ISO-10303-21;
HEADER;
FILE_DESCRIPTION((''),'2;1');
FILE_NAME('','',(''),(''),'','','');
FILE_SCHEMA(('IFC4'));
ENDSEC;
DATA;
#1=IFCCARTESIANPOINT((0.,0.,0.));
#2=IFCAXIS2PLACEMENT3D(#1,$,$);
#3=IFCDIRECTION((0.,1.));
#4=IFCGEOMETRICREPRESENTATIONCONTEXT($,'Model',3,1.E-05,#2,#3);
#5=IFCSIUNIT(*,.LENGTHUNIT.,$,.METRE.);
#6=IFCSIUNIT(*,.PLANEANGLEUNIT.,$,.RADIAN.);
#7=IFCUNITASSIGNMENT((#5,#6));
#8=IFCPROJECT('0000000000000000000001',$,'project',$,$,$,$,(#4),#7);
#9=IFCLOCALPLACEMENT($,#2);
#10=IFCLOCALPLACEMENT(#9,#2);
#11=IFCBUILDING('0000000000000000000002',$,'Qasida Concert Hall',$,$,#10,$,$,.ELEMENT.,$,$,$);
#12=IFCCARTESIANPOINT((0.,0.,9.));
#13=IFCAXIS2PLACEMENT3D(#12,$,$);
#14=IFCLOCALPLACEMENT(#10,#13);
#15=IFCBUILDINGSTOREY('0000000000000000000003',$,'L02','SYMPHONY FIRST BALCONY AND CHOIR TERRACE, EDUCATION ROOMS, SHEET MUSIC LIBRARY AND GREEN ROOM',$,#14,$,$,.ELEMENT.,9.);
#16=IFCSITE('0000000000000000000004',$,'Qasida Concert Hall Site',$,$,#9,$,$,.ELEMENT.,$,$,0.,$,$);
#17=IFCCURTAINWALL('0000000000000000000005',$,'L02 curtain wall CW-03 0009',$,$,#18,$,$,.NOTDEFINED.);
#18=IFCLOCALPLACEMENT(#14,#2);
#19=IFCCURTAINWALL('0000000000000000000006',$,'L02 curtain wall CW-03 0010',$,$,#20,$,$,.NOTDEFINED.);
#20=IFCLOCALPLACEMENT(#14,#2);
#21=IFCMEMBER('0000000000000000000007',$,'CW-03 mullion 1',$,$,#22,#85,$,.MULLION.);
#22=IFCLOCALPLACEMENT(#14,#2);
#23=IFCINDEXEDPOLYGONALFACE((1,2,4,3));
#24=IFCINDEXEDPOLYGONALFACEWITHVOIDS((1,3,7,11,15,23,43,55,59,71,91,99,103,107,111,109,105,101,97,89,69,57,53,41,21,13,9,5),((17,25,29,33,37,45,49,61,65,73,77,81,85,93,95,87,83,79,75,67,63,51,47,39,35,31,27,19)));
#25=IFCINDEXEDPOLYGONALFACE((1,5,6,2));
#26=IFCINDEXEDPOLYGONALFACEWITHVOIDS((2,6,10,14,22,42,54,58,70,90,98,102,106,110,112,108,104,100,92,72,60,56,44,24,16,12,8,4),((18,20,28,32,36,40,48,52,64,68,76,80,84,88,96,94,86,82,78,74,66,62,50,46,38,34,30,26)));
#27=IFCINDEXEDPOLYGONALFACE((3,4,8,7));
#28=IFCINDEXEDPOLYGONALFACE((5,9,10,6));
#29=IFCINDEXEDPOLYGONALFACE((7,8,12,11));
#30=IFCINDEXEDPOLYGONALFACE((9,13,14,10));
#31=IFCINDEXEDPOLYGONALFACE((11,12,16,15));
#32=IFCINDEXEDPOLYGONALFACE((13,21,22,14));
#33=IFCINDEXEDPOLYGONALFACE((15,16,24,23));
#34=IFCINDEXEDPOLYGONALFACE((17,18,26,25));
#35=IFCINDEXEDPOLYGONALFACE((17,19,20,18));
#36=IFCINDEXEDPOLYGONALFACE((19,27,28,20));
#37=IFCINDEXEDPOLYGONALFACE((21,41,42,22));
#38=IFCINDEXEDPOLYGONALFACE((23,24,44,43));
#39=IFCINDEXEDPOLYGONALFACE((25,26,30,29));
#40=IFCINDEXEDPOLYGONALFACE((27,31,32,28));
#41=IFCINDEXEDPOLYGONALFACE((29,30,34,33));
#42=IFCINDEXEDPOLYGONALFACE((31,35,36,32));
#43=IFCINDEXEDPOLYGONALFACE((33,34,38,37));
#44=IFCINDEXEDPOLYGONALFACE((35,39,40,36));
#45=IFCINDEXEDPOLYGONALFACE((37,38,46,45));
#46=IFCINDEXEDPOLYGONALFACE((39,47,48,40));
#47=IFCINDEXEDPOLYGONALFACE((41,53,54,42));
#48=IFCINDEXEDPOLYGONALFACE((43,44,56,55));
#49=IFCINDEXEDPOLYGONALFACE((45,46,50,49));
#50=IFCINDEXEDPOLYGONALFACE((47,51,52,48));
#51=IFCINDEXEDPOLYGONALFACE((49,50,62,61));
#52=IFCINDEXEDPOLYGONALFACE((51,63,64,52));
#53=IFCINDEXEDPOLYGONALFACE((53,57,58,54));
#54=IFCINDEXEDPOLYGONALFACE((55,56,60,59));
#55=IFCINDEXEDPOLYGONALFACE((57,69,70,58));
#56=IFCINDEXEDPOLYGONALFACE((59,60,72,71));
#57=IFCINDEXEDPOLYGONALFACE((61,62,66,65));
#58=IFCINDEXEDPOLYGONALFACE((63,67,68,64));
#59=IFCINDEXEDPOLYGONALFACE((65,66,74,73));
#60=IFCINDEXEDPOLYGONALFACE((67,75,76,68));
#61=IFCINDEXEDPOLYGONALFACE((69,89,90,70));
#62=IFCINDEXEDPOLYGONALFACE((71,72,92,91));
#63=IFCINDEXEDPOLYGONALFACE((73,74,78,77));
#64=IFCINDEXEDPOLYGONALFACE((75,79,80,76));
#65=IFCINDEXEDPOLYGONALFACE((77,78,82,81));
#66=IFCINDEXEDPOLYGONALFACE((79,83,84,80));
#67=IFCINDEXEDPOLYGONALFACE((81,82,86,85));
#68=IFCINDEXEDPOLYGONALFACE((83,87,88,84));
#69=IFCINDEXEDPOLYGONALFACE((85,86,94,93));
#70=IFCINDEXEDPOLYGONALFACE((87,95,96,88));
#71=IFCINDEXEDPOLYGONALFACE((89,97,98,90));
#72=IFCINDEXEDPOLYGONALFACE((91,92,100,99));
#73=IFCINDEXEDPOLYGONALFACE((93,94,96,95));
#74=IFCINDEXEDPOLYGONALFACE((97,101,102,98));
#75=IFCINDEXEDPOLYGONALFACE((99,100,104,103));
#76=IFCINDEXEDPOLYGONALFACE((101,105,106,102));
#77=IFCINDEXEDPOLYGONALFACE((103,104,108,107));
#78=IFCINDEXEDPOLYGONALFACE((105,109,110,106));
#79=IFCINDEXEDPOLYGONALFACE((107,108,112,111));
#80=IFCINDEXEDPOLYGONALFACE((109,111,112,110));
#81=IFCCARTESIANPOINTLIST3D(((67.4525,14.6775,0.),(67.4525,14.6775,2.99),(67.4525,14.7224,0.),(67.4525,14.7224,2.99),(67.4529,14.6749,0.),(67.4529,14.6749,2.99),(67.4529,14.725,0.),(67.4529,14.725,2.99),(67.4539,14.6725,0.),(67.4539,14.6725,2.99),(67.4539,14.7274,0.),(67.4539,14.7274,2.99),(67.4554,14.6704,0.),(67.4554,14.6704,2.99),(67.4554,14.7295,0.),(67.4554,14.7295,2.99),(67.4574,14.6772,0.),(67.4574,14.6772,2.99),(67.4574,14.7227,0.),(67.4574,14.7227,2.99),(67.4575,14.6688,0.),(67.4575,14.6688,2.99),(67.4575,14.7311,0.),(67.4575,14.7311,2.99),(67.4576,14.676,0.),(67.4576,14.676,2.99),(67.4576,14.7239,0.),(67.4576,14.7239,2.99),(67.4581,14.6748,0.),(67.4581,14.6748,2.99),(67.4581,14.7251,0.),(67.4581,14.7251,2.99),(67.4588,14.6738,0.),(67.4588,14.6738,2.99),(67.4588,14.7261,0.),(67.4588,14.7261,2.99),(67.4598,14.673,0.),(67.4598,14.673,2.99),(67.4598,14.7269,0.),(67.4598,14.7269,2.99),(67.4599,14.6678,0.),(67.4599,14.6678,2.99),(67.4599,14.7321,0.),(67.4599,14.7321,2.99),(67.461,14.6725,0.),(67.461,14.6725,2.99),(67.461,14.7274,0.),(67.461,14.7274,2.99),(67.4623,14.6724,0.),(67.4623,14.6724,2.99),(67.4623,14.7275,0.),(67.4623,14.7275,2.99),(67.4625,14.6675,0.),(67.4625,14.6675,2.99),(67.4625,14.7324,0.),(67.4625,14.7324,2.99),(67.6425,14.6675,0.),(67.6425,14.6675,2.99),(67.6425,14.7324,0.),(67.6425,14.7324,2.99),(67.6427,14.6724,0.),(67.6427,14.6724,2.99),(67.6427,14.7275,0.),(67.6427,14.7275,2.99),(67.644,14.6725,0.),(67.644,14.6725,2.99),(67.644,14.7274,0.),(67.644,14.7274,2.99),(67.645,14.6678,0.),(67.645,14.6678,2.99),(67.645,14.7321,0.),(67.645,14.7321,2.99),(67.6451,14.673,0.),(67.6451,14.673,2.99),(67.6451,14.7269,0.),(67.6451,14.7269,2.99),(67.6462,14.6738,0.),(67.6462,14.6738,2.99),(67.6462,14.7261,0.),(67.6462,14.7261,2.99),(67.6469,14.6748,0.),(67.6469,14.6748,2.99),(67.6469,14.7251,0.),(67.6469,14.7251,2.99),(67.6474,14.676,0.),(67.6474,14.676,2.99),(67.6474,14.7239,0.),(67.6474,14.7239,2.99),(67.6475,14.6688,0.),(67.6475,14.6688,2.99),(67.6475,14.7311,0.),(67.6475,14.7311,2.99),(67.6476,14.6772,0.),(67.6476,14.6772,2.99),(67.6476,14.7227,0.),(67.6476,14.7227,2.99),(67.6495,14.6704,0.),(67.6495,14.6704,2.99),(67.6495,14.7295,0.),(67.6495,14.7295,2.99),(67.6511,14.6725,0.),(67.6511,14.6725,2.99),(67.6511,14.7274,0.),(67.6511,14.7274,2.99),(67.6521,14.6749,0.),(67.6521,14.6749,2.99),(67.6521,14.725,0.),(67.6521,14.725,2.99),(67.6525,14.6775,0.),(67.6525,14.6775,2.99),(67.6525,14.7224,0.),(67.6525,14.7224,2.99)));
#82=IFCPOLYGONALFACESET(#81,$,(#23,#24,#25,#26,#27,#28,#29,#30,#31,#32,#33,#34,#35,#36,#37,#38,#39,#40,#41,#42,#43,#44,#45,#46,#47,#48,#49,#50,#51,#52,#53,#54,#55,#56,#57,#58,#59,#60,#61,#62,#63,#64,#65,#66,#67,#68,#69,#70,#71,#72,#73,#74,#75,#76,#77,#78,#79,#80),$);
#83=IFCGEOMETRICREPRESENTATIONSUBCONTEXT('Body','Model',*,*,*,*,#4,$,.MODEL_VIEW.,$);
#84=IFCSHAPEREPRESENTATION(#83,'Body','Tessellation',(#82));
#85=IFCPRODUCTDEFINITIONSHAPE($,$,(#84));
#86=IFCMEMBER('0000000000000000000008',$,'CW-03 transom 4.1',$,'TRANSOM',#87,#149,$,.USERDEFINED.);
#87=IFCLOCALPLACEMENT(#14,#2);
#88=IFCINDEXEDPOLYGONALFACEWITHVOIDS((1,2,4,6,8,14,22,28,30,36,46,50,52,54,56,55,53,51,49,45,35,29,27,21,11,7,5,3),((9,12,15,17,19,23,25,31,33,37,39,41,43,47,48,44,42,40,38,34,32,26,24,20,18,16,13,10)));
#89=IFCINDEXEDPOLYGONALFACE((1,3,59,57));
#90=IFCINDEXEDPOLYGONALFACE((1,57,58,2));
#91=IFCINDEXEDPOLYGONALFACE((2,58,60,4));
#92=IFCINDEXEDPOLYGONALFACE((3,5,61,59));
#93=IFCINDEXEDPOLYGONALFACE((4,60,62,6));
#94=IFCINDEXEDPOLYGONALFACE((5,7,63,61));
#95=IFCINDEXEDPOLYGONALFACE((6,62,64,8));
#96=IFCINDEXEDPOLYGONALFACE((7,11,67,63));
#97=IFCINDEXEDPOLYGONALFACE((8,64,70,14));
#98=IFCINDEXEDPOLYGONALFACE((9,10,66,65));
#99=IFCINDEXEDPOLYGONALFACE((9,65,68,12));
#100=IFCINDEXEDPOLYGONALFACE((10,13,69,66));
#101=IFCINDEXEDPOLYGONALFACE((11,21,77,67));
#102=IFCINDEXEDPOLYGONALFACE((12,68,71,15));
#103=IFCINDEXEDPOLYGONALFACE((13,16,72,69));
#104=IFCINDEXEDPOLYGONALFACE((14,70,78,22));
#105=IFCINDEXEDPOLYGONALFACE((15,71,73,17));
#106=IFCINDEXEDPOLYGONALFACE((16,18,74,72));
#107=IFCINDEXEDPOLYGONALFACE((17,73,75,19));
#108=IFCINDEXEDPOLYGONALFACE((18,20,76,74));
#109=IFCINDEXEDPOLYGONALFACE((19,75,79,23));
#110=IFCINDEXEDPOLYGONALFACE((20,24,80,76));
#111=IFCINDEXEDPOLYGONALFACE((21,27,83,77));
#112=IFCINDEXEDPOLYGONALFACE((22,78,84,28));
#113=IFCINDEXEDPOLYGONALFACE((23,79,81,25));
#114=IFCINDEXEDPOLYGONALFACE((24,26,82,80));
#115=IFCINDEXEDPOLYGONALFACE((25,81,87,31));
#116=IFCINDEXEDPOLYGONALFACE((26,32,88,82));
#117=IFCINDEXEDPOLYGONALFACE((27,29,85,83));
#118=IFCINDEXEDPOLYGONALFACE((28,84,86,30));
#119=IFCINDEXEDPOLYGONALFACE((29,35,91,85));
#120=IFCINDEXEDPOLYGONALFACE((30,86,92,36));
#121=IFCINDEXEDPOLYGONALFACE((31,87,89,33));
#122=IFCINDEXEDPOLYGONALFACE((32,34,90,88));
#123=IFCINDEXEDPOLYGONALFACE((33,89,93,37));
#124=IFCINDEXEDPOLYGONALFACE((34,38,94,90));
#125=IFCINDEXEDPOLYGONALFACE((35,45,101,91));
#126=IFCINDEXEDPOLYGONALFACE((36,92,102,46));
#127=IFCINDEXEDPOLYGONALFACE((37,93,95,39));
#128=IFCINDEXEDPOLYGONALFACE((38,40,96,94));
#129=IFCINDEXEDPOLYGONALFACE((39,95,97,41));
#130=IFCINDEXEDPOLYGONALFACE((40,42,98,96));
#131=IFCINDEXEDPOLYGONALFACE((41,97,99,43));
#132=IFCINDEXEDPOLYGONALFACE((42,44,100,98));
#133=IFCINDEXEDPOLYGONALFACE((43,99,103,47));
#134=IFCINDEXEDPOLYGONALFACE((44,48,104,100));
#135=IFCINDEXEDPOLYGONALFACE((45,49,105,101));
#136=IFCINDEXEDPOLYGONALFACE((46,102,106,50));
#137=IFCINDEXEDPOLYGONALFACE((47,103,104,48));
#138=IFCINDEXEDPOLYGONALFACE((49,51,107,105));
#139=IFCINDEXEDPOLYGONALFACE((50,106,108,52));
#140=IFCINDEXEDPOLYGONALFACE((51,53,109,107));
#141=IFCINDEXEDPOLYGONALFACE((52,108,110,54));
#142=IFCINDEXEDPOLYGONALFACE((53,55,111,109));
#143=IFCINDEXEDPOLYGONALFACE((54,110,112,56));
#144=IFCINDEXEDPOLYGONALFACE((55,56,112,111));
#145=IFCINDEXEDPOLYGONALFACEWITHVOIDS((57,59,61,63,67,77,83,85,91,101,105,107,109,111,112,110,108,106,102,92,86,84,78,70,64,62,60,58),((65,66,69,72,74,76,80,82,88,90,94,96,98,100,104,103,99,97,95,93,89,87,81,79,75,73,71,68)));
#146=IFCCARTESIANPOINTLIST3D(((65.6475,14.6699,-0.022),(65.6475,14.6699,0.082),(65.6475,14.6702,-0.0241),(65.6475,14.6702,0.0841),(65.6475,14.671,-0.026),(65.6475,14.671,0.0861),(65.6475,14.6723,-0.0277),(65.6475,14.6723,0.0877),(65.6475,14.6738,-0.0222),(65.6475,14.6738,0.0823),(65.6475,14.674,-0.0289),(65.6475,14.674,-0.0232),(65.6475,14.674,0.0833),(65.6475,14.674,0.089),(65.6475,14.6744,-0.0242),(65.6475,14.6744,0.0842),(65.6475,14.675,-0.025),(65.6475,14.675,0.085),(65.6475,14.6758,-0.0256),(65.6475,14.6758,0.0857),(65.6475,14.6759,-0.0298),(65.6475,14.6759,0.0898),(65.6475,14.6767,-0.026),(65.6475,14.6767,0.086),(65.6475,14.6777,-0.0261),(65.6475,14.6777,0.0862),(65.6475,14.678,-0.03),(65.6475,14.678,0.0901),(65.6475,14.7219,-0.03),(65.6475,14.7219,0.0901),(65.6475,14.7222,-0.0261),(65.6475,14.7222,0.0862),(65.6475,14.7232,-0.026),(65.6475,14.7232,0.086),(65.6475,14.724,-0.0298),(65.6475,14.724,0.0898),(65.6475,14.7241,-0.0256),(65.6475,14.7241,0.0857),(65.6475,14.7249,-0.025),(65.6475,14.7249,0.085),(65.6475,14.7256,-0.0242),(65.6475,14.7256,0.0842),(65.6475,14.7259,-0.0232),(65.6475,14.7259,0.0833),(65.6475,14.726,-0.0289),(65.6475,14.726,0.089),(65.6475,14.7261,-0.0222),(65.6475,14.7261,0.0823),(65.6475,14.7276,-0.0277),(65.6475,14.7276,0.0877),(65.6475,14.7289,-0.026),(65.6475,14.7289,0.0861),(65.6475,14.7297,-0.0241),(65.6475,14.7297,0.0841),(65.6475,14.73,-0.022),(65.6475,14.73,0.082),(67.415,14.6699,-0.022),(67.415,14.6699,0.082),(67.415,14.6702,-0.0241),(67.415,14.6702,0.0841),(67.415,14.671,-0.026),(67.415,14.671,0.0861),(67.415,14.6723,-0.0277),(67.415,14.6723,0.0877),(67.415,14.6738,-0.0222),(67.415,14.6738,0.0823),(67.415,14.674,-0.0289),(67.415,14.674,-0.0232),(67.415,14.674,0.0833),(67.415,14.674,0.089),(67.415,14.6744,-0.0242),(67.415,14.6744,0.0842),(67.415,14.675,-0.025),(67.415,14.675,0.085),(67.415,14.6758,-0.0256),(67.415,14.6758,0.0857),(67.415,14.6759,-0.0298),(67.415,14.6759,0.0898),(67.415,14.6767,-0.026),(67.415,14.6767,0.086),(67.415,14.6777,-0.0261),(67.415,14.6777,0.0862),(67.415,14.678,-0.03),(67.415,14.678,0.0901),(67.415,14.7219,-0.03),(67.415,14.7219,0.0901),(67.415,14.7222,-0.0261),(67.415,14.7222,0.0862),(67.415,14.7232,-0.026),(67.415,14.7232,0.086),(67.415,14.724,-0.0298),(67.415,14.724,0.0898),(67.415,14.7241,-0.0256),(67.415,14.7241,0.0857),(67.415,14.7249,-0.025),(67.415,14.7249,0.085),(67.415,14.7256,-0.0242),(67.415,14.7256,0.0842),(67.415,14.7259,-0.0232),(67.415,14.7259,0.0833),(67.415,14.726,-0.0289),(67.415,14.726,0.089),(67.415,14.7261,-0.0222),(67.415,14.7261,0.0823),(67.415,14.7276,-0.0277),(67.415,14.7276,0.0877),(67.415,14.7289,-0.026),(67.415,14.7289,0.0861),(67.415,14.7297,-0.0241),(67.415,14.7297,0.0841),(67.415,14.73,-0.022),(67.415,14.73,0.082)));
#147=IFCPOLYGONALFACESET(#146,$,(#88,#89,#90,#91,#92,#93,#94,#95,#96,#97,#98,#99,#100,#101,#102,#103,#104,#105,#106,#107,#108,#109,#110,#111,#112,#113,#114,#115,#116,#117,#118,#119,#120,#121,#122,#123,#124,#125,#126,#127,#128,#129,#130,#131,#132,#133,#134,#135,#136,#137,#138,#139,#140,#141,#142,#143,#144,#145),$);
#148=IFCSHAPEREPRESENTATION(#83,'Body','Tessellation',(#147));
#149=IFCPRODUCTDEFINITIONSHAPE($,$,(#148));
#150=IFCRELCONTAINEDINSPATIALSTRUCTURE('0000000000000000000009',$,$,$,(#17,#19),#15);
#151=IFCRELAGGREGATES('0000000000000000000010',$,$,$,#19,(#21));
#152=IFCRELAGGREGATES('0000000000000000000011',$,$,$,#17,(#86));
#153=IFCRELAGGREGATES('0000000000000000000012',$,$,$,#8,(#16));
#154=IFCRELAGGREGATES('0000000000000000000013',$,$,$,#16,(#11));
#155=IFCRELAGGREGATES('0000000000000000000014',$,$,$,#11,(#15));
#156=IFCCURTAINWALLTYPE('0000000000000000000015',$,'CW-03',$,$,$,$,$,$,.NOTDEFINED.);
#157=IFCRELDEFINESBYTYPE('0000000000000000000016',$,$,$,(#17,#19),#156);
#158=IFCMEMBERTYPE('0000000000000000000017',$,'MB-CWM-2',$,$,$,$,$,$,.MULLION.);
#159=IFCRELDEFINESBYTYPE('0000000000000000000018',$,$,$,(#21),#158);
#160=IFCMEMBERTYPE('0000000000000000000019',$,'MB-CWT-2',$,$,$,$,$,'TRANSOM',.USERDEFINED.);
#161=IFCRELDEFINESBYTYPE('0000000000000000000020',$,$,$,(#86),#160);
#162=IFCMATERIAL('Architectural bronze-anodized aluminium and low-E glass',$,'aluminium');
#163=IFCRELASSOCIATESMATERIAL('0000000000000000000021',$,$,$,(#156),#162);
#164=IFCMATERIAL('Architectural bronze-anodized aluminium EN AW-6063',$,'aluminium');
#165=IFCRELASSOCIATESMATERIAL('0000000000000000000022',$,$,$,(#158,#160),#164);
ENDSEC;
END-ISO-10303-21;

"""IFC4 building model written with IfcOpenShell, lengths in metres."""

from ifc_helpers import new_model, si_unit, direction, frame, origin, origin_2d, place, context, subcontext, project, spatial, hollow_rectangle, extrude, material, material_profile, profile_set, type_object, element, aggregate, save


model = new_model("IFC4")

# Units and contexts
model_context = context("Model", 3, precision=1e-05, world=origin(), true_north=direction((0.0, 1.0)))
body_context = subcontext(model_context, "Body", "Model", "MODEL_VIEW")
ifc_project = project(units=[si_unit("LENGTHUNIT", "METRE"), si_unit("PLANEANGLEUNIT", "RADIAN")], contexts=[model_context])

# Site, building, storey
site_placement = place(None, origin())
site = spatial("IfcSite", under=ifc_project, at=site_placement, Name="Qasida Concert Hall Site", CompositionType="ELEMENT", RefElevation=0.0)
building_placement = place(site_placement, origin())
building = spatial("IfcBuilding", under=site, at=building_placement, Name="Qasida Concert Hall", CompositionType="ELEMENT")
storey_placement = place(building_placement, frame((0.0, 0.0, 9.0)))
storey = spatial("IfcBuildingStorey", under=building, at=storey_placement, Name="L02", Description="SYMPHONY FIRST BALCONY AND CHOIR TERRACE, EDUCATION ROOMS, SHEET MUSIC LIBRARY AND GREEN ROOM", CompositionType="ELEMENT", Elevation=9.0)

# Curtain wall
ifc_material_1 = material(Name="Architectural bronze-anodized aluminium and low-E glass", Category="aluminium")
curtain_wall_type = type_object("IfcCurtainWallType", Name="CW-03", PredefinedType="NOTDEFINED", material=ifc_material_1)
curtain_wall_1_placement = place(storey_placement, origin())
curtain_wall_1 = element("IfcCurtainWall", 1, at=curtain_wall_1_placement, inside=storey, type_object=curtain_wall_type, Name="L02 curtain wall CW-03 0009", PredefinedType="NOTDEFINED")
ifc_material_2 = material(Name="Architectural bronze-anodized aluminium EN AW-6063", Category="aluminium")
ifc_material_profile_1 = material_profile(ifc_material_2, hollow_rectangle(XDim=0.0649, YDim=0.2, WallThickness=0.0049, InnerFilletRadius=0.0049, OuterFilletRadius=0.01, at=origin_2d()), Name="CWM 200x65x5")
ifc_profile_set_1 = profile_set([ifc_material_profile_1], Name="Architectural bronze-anodized aluminium EN AW-6063")
member_type_1 = type_object("IfcMemberType", Name="MB-CWM-2", PredefinedType="MULLION", material=ifc_profile_set_1)

# Curtain wall, member
curtain_wall_2_placement = place(storey_placement, origin())
curtain_wall_2 = element("IfcCurtainWall", 2, at=curtain_wall_2_placement, inside=storey, type_object=curtain_wall_type, Name="L02 curtain wall CW-03 0010", PredefinedType="NOTDEFINED")
member_1_placement = place(storey_placement, frame((67.5525, 14.7, 0.0), z_axis=(0.0, 0.0, 1.0), x_axis=(0.0, 1.0, 0.0)))
member_1 = element("IfcMember", 3, at=member_1_placement, type_object=member_type_1, Name="CW-03 mullion 1", PredefinedType="MULLION", context=body_context, shape_type="SweptSolid", body=[
    extrude(hollow_rectangle(XDim=0.0649, YDim=0.2, WallThickness=0.0049, InnerFilletRadius=0.0049, OuterFilletRadius=0.01, at=origin_2d()), origin(), (0.0, 0.0, 1.0), 2.99),
])

# Member
ifc_material_profile_2 = material_profile(ifc_material_2, hollow_rectangle(XDim=0.0601, YDim=0.1201, WallThickness=0.0039, InnerFilletRadius=0.0039, OuterFilletRadius=0.0081, at=origin_2d()), Name="CWT 120x60x4")
ifc_profile_set_2 = profile_set([ifc_material_profile_2], Name="Architectural bronze-anodized aluminium EN AW-6063")
member_type_2 = type_object("IfcMemberType", Name="MB-CWT-2", ElementType="TRANSOM", PredefinedType="USERDEFINED", material=ifc_profile_set_2)
member_2_placement = place(storey_placement, frame((65.6475, 14.7, 0.03), z_axis=(1.0, 0.0, 0.0), x_axis=(0.0, 1.0, 0.0)))
member_2 = element("IfcMember", 4, at=member_2_placement, type_object=member_type_2, Name="CW-03 transom 4.1", ObjectType="TRANSOM", PredefinedType="USERDEFINED", context=body_context, shape_type="SweptSolid", body=[
    extrude(hollow_rectangle(XDim=0.0601, YDim=0.1201, WallThickness=0.0039, InnerFilletRadius=0.0039, OuterFilletRadius=0.0081, at=origin_2d()), origin(), (0.0, 0.0, 1.0), 1.7676),
])
aggregate(curtain_wall_2, [member_1])

aggregate(curtain_wall_1, [member_2])

save(model, "model.ifc")
